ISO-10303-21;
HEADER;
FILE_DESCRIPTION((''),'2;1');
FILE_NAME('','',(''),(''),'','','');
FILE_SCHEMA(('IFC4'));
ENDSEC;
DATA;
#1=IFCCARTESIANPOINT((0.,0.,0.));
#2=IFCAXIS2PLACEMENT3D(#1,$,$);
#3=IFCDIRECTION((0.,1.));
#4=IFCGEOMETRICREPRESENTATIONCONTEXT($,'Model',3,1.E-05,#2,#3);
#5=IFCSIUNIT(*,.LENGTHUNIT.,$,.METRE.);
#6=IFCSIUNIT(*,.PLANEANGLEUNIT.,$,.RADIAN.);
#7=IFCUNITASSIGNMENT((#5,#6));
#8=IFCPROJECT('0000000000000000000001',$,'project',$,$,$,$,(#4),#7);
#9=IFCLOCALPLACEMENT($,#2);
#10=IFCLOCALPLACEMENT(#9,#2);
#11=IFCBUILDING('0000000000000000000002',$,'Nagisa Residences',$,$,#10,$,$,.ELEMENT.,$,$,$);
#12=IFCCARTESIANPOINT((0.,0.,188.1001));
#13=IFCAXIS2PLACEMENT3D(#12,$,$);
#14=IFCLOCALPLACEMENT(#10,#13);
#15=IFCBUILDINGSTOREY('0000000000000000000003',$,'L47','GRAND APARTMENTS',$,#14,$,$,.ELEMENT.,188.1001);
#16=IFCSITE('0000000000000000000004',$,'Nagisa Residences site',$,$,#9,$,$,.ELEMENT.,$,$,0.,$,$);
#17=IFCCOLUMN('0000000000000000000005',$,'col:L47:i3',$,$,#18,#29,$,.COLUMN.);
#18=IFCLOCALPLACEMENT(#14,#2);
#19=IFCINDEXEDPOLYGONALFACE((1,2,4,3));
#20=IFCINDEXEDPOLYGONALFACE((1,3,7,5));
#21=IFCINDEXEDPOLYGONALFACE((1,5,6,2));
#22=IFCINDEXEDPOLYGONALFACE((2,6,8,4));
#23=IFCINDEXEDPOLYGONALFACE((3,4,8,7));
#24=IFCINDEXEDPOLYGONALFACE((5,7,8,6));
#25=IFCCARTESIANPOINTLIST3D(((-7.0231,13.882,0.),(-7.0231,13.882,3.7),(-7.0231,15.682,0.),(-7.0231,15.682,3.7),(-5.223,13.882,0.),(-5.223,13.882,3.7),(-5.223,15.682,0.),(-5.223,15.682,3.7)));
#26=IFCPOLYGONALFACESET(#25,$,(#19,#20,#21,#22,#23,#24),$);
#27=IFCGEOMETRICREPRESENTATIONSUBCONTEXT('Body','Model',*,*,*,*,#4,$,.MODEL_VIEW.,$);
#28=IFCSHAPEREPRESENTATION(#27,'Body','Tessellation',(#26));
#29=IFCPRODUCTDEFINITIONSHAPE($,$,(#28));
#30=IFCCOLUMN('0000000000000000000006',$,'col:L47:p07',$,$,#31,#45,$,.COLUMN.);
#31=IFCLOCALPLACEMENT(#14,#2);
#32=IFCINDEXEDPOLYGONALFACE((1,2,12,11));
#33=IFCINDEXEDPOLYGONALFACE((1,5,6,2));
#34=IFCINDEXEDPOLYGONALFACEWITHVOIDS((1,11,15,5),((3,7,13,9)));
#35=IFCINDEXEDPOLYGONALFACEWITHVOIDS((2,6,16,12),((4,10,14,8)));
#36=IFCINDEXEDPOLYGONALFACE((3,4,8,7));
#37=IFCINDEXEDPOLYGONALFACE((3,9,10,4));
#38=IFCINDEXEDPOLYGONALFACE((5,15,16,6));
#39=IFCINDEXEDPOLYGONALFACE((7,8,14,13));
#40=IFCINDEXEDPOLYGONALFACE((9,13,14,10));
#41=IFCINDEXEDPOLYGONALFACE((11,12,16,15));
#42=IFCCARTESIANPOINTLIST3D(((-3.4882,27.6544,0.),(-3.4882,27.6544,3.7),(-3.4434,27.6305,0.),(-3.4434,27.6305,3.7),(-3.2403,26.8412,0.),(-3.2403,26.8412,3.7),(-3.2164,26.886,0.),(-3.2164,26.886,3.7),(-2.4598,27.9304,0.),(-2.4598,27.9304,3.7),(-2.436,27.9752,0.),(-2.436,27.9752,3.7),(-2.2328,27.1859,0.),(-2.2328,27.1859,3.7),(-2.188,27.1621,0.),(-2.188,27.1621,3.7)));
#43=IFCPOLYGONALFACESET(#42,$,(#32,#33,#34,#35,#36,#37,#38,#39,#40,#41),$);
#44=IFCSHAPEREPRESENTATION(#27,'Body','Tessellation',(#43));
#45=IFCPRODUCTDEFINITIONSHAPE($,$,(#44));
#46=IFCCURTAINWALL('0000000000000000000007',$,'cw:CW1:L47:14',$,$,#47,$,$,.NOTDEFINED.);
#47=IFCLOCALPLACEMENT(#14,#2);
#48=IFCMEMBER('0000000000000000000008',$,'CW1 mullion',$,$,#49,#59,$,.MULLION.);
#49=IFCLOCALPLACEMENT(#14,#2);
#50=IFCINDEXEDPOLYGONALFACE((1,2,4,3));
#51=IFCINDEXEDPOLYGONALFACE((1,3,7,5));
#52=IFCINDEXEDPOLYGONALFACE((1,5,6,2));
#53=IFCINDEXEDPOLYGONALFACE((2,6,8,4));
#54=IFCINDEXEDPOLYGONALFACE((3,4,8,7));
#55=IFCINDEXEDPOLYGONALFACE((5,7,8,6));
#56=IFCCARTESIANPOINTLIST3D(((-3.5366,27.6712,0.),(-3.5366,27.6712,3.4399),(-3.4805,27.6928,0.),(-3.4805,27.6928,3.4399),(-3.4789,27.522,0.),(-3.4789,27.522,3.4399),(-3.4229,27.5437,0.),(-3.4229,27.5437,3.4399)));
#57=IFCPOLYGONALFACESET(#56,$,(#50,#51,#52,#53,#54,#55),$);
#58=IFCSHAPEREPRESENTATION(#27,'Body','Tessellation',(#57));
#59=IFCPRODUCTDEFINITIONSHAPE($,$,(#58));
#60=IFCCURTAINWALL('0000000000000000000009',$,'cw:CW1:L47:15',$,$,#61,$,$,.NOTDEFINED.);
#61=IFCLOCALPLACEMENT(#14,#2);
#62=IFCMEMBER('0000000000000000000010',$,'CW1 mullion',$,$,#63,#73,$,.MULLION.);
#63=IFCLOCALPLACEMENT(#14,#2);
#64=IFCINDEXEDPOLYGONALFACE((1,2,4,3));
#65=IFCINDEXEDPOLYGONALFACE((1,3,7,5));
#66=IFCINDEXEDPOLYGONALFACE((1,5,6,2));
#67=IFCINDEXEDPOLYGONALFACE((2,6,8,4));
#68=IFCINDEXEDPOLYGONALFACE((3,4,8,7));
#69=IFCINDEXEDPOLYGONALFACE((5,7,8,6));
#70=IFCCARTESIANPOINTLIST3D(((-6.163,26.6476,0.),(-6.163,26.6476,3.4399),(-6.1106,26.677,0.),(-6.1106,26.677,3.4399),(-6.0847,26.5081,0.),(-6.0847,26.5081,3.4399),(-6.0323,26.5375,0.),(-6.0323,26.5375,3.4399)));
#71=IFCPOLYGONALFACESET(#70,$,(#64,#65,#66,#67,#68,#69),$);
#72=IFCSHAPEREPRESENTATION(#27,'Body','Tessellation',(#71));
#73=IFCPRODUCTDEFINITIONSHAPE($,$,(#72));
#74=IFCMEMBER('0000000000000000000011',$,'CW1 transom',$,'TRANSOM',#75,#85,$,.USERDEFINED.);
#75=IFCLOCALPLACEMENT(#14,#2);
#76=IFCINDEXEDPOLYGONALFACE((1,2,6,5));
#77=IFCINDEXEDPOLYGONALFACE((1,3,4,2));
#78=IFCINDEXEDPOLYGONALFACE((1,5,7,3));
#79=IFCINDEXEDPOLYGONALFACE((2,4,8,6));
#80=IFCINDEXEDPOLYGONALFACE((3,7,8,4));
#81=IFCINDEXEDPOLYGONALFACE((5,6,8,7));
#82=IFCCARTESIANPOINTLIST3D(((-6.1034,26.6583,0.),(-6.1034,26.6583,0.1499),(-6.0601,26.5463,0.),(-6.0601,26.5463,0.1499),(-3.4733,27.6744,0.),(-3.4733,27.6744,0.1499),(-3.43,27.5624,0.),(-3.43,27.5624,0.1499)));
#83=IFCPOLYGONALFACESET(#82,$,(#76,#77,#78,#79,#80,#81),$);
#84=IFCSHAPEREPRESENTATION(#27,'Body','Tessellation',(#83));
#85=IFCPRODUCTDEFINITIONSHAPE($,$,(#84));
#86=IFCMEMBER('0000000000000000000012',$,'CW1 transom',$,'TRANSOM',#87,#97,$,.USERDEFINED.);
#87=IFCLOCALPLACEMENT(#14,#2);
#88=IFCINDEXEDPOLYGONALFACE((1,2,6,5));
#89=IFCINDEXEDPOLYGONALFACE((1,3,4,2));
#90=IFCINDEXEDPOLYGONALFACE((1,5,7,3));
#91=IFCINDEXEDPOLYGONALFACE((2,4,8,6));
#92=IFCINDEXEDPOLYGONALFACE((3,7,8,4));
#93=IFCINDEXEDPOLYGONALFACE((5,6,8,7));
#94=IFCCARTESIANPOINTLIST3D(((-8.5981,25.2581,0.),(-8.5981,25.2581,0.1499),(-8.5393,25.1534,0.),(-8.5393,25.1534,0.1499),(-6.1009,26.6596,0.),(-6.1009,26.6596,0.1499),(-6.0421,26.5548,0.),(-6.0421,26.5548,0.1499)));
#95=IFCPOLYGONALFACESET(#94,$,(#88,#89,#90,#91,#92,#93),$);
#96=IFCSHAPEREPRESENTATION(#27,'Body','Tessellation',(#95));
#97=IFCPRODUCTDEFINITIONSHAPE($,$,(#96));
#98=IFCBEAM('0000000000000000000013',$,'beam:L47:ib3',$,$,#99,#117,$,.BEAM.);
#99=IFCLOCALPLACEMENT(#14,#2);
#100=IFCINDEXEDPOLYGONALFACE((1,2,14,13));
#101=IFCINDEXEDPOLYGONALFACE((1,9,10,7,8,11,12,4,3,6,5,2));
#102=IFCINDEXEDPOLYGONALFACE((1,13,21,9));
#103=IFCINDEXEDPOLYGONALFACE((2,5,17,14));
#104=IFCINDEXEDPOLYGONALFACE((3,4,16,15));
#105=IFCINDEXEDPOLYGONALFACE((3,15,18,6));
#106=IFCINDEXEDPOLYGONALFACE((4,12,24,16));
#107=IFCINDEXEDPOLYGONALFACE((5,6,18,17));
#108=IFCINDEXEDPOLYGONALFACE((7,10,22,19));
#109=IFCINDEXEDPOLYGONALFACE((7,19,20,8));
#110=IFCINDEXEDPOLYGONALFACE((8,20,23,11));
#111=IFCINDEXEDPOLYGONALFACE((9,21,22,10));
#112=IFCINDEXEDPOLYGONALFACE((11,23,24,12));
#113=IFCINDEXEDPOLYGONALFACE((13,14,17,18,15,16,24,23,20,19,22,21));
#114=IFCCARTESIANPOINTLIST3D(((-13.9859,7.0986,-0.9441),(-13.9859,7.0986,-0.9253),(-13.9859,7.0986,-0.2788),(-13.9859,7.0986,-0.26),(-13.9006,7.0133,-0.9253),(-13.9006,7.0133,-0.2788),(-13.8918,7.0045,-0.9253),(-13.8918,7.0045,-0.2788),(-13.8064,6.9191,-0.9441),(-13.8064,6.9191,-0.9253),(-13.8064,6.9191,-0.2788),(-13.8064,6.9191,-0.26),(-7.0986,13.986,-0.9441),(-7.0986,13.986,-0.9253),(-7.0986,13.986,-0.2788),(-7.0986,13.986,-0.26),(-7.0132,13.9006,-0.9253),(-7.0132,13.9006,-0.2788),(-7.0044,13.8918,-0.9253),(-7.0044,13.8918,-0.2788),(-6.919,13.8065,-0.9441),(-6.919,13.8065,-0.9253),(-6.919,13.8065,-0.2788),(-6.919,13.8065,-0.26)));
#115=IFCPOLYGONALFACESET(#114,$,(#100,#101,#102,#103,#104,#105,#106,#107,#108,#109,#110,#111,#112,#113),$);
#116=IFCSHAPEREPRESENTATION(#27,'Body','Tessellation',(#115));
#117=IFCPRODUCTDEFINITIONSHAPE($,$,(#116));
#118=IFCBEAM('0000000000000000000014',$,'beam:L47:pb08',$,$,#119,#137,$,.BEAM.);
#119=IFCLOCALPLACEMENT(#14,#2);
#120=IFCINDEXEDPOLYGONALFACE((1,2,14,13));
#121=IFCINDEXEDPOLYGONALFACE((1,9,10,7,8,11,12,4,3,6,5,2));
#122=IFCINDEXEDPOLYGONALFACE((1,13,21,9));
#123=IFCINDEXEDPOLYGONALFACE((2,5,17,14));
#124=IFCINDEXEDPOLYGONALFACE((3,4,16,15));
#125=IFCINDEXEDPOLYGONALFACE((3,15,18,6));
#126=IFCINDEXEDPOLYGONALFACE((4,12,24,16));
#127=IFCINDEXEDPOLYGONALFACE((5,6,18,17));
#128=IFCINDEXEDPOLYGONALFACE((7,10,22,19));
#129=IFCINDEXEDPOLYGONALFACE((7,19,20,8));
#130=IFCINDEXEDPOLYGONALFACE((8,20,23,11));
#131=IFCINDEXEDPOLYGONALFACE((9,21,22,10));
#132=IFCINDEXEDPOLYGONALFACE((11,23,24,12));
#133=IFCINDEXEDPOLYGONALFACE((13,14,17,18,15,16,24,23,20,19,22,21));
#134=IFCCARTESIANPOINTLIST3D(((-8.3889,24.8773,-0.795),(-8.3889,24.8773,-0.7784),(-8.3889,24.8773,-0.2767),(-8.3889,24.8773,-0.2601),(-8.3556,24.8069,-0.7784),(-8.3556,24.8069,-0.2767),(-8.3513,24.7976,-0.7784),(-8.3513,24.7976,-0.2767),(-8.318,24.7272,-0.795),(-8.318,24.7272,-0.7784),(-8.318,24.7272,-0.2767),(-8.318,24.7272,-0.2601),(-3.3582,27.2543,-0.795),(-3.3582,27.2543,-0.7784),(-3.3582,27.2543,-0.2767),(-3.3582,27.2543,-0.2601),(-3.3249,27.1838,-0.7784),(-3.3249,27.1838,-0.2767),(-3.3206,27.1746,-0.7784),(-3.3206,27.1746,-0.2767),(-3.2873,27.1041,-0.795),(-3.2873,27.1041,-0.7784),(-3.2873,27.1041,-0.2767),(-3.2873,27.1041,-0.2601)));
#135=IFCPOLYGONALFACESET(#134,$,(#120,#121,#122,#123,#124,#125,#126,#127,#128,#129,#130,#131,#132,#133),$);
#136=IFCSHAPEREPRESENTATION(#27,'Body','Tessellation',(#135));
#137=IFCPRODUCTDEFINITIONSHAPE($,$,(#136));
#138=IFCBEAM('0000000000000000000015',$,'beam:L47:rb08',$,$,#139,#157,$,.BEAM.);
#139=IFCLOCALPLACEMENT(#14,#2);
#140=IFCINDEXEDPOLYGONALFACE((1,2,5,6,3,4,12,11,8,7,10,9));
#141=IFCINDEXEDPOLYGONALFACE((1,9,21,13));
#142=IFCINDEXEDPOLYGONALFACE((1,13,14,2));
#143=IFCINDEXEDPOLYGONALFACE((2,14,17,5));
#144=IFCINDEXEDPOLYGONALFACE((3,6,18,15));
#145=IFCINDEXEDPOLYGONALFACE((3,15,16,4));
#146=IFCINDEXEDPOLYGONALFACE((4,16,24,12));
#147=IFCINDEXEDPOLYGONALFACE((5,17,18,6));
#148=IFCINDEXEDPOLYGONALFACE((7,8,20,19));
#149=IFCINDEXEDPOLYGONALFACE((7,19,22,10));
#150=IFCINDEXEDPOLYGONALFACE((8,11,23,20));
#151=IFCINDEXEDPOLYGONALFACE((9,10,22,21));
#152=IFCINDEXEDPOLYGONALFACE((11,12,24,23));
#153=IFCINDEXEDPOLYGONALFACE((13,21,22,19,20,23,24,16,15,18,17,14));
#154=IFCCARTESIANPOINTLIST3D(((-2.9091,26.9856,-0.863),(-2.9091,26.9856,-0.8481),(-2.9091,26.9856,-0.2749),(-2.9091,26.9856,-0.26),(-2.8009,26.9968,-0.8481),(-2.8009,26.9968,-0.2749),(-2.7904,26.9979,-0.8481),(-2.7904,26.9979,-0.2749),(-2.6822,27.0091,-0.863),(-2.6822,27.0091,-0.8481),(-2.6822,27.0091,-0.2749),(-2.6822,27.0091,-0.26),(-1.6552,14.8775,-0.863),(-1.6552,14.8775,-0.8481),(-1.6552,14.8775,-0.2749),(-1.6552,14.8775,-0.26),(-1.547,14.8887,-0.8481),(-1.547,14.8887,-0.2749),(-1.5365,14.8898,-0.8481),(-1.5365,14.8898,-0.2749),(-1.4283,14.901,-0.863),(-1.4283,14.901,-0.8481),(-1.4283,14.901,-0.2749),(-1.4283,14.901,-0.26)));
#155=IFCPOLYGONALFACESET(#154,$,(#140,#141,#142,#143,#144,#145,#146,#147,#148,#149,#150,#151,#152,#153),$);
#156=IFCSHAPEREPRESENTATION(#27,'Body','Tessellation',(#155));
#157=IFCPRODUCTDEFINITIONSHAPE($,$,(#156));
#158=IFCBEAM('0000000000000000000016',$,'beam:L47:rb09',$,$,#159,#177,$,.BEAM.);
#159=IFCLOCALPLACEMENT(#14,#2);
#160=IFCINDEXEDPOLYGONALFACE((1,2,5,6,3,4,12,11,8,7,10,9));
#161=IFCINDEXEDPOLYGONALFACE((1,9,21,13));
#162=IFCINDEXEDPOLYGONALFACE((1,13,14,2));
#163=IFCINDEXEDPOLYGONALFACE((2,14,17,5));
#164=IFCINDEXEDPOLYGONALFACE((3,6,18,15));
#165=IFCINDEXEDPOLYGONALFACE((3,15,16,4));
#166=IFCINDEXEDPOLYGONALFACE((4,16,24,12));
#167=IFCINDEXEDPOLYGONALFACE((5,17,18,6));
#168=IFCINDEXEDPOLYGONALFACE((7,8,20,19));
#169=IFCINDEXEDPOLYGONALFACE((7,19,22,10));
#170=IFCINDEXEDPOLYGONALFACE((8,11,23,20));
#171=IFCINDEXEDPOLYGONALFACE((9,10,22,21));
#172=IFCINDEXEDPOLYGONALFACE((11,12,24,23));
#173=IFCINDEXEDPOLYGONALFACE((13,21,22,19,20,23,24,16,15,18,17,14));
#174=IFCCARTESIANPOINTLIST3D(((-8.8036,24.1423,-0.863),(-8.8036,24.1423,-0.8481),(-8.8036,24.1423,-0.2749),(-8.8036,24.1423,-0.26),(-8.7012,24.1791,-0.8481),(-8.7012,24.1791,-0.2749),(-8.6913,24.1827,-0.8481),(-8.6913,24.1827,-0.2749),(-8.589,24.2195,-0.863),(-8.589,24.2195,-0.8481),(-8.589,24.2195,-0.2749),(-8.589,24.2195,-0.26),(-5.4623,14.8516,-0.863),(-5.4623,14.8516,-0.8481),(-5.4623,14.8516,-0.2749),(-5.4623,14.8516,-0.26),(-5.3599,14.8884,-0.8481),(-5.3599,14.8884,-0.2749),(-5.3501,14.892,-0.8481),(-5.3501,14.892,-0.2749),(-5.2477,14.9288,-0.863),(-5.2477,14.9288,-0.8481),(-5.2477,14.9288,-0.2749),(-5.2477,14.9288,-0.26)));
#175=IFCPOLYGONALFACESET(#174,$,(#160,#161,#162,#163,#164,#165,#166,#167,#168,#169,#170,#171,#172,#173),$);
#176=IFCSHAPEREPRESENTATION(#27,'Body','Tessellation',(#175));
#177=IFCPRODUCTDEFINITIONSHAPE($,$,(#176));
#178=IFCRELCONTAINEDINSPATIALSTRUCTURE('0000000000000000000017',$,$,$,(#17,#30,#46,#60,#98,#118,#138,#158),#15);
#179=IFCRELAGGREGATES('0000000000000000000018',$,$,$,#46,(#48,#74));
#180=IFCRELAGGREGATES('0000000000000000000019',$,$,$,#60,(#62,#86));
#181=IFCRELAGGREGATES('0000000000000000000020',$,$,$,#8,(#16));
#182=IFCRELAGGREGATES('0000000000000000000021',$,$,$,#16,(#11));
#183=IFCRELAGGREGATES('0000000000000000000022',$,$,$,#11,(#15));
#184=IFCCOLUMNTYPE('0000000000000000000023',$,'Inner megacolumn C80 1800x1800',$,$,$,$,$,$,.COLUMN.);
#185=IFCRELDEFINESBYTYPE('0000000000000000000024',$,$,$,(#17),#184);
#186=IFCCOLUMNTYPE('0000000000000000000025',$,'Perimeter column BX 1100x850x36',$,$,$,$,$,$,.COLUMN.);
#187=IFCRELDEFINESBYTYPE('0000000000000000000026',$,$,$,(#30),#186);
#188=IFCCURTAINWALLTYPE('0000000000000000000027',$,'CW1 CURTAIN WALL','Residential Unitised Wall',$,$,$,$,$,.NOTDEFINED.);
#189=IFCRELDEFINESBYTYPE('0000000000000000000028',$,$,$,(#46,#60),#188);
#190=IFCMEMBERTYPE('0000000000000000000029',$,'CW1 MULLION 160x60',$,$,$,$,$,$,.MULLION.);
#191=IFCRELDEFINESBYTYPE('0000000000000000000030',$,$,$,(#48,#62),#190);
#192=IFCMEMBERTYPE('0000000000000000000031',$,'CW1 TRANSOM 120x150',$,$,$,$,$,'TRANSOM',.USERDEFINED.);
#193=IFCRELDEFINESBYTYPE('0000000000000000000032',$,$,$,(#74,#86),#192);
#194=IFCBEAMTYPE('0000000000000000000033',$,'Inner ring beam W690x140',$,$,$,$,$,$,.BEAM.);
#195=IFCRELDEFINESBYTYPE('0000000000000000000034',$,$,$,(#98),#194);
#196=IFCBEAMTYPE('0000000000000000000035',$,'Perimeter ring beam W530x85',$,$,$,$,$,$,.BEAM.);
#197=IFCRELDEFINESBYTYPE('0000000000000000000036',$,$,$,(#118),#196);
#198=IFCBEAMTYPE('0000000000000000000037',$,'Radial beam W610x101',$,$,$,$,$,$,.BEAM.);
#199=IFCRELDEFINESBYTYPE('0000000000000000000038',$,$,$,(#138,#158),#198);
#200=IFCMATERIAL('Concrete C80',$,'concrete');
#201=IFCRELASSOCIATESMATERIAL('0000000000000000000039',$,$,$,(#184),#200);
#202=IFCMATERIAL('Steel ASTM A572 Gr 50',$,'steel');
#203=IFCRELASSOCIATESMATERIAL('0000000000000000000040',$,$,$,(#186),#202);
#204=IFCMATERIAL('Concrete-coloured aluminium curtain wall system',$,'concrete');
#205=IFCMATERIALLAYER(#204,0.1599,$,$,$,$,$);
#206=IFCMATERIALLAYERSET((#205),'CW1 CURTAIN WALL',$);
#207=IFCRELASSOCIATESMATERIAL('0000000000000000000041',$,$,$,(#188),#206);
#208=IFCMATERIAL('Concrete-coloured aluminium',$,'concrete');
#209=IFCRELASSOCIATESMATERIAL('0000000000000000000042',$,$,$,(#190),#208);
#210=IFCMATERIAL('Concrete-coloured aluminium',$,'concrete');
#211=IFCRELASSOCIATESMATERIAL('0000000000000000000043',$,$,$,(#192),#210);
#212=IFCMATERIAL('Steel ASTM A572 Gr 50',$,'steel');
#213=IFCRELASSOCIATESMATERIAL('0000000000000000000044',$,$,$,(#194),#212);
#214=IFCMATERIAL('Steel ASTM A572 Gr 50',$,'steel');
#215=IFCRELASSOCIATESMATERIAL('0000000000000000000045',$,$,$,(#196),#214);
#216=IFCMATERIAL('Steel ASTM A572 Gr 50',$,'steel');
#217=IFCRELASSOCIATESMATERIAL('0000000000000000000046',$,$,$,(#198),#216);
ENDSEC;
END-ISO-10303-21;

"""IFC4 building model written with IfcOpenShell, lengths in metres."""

from ifc_helpers import new_model, si_unit, direction, frame, origin, origin_2d, place, context, subcontext, project, spatial, rectangle, hollow_rectangle, i_section, extrude, material, layer, layer_set, material_profile, profile_set, type_object, element, aggregate, save


model = new_model("IFC4")

# Units and contexts
model_context = context("Model", 3, precision=1e-05, world=origin(), true_north=direction((0.0, 1.0)))
body_context = subcontext(model_context, "Body", "Model", "MODEL_VIEW")
ifc_project = project(units=[si_unit("LENGTHUNIT", "METRE"), si_unit("PLANEANGLEUNIT", "RADIAN")], contexts=[model_context])

# Site, building, storey
site_placement = place(None, origin())
site = spatial("IfcSite", under=ifc_project, at=site_placement, Name="Nagisa Residences site", CompositionType="ELEMENT", RefElevation=0.0)
building_placement = place(site_placement, origin())
building = spatial("IfcBuilding", under=site, at=building_placement, Name="Nagisa Residences", CompositionType="ELEMENT")
storey_placement = place(building_placement, frame((0.0, 0.0, 188.1001)))
storey = spatial("IfcBuildingStorey", under=building, at=storey_placement, Name="L47", Description="GRAND APARTMENTS", CompositionType="ELEMENT", Elevation=188.1001)

# Columns
ifc_material_1 = material(Name="Concrete C80", Category="concrete")
ifc_material_profile_1 = material_profile(ifc_material_1, rectangle(XDim=1.8, YDim=1.8, at=origin_2d()), Name="C80 1800x1800")
ifc_profile_set_1 = profile_set([ifc_material_profile_1], Name="Concrete C80")
column_type_1 = type_object("IfcColumnType", Name="Inner megacolumn C80 1800x1800", PredefinedType="COLUMN", material=ifc_profile_set_1)
column_1_placement = place(storey_placement, frame((-6.123, 14.782, 0.0), z_axis=(0.0, 0.0, 1.0), x_axis=(1.0, 0.0, 0.0)))
element("IfcColumn", 1, at=column_1_placement, inside=storey, type_object=column_type_1, Name="col:L47:i3", PredefinedType="COLUMN", context=body_context, shape_type="SweptSolid", body=[
    extrude(rectangle(XDim=1.8, YDim=1.8, at=origin_2d()), origin(), (0.0, 0.0, 1.0), 3.7),
])
ifc_material_2 = material(Name="Steel ASTM A572 Gr 50", Category="steel")
ifc_material_profile_2 = material_profile(ifc_material_2, hollow_rectangle(XDim=1.1001, YDim=0.8501, WallThickness=0.0359, at=origin_2d()), Name="BX 1100x850x36")
ifc_profile_set_2 = profile_set([ifc_material_profile_2], Name="Steel ASTM A572 Gr 50")
column_type_2 = type_object("IfcColumnType", Name="Perimeter column BX 1100x850x36", PredefinedType="COLUMN", material=ifc_profile_set_2)
column_2_placement = place(storey_placement, frame((-2.8381, 27.4082, 0.0), z_axis=(0.0, 0.0, 1.0), x_axis=(-0.956525, -0.291652, 0.0)))
element("IfcColumn", 2, at=column_2_placement, inside=storey, type_object=column_type_2, Name="col:L47:p07", PredefinedType="COLUMN", context=body_context, shape_type="SweptSolid", body=[
    extrude(hollow_rectangle(XDim=1.1001, YDim=0.8501, WallThickness=0.0359, at=origin_2d()), origin(), (0.0, 0.0, 1.0), 3.7),
])

# Curtain walls, members
ifc_material_3 = material(Name="Concrete-coloured aluminium curtain wall system", Category="concrete")
ifc_layer_1 = layer(ifc_material_3, 0.1599)
ifc_layer_set_1 = layer_set([ifc_layer_1], Name="CW1 CURTAIN WALL")
curtain_wall_type = type_object("IfcCurtainWallType", Name="CW1 CURTAIN WALL", Description="Residential Unitised Wall", PredefinedType="NOTDEFINED", material=ifc_layer_set_1)
curtain_wall_1_placement = place(storey_placement, origin())
curtain_wall_1 = element("IfcCurtainWall", 3, at=curtain_wall_1_placement, inside=storey, type_object=curtain_wall_type, Name="cw:CW1:L47:14", PredefinedType="NOTDEFINED")
ifc_material_4 = material(Name="Concrete-coloured aluminium", Category="concrete")
ifc_material_profile_3 = material_profile(ifc_material_4, rectangle(XDim=0.1599, YDim=0.0601, at=origin_2d()), Name="CW1 MULLION 160x60")
ifc_profile_set_3 = profile_set([ifc_material_profile_3], Name="Concrete-coloured aluminium")
member_type_1 = type_object("IfcMemberType", Name="CW1 MULLION 160x60", PredefinedType="MULLION", material=ifc_profile_set_3)
member_1_placement = place(storey_placement, frame((-3.4797, 27.6074, 0.0), z_axis=(0.0, 0.0, 1.0), x_axis=(0.360328, -0.932826, 0.0)))
member_1 = element("IfcMember", 4, at=member_1_placement, type_object=member_type_1, Name="CW1 mullion", PredefinedType="MULLION", context=body_context, shape_type="SweptSolid", body=[
    extrude(rectangle(XDim=0.1599, YDim=0.0601, at=origin_2d()), origin(), (0.0, 0.0, 1.0), 3.4399),
])
curtain_wall_2_placement = place(storey_placement, origin())
curtain_wall_2 = element("IfcCurtainWall", 5, at=curtain_wall_2_placement, inside=storey, type_object=curtain_wall_type, Name="cw:CW1:L47:15", PredefinedType="NOTDEFINED")
member_2_placement = place(storey_placement, frame((-6.0977, 26.5925, 0.0), z_axis=(0.0, 0.0, 1.0), x_axis=(0.489377, -0.872072, 0.0)))
member_2 = element("IfcMember", 6, at=member_2_placement, type_object=member_type_1, Name="CW1 mullion", PredefinedType="MULLION", context=body_context, shape_type="SweptSolid", body=[
    extrude(rectangle(XDim=0.1599, YDim=0.0601, at=origin_2d()), origin(), (0.0, 0.0, 1.0), 3.4399),
])

# Members
ifc_material_5 = material(Name="Concrete-coloured aluminium", Category="concrete")
ifc_material_profile_4 = material_profile(ifc_material_5, rectangle(XDim=0.1201, YDim=0.1499, at=origin_2d()), Name="CW1 TRANSOM 120x150")
ifc_profile_set_4 = profile_set([ifc_material_profile_4], Name="Concrete-coloured aluminium")
member_type_2 = type_object("IfcMemberType", Name="CW1 TRANSOM 120x150", ElementType="TRANSOM", PredefinedType="USERDEFINED", material=ifc_profile_set_4)
member_3_placement = place(storey_placement, frame((-3.4517, 27.6184, 0.075), z_axis=(-0.932807, -0.360377, 0.0), x_axis=(0.360377, -0.932807, 0.0)))
member_3 = element("IfcMember", 7, at=member_3_placement, type_object=member_type_2, Name="CW1 transom", ObjectType="TRANSOM", PredefinedType="USERDEFINED", context=body_context, shape_type="SweptSolid", body=[
    extrude(rectangle(XDim=0.1201, YDim=0.1499, at=origin_2d()), origin(), (0.0, 0.0, 1.0), 2.8196),
])
member_4_placement = place(storey_placement, frame((-6.0715, 26.6072, 0.075), z_axis=(-0.872058, -0.489403, 0.0), x_axis=(0.489403, -0.872058, 0.0)))
member_4 = element("IfcMember", 8, at=member_4_placement, type_object=member_type_2, Name="CW1 transom", ObjectType="TRANSOM", PredefinedType="USERDEFINED", context=body_context, shape_type="SweptSolid", body=[
    extrude(rectangle(XDim=0.1201, YDim=0.1499, at=origin_2d()), origin(), (0.0, 0.0, 1.0), 2.8635),
])

# Beams
ifc_material_6 = material(Name="Steel ASTM A572 Gr 50", Category="steel")
ifc_material_profile_5 = material_profile(ifc_material_6, i_section(OverallWidth=0.2539, OverallDepth=0.6841, WebThickness=0.0125, FlangeThickness=0.0188, at=origin_2d()), Name="W690x140")
ifc_profile_set_5 = profile_set([ifc_material_profile_5], Name="Steel ASTM A572 Gr 50")
beam_type_1 = type_object("IfcBeamType", Name="Inner ring beam W690x140", PredefinedType="BEAM", material=ifc_profile_set_5)
beam_1_placement = place(storey_placement, frame((-7.0088, 13.8962, -0.6021), z_axis=(-0.707107, -0.707107, 0.0), x_axis=(0.707107, -0.707107, 0.0)))
element("IfcBeam", 9, at=beam_1_placement, inside=storey, type_object=beam_type_1, Name="beam:L47:ib3", PredefinedType="BEAM", context=body_context, shape_type="SweptSolid", body=[
    extrude(i_section(OverallWidth=0.2539, OverallDepth=0.6841, WebThickness=0.0125, FlangeThickness=0.0188, at=origin_2d()), origin(), (0.0, 0.0, 1.0), 9.7402),
])
ifc_material_7 = material(Name="Steel ASTM A572 Gr 50", Category="steel")
ifc_material_profile_6 = material_profile(ifc_material_7, i_section(OverallWidth=0.166, OverallDepth=0.5349, WebThickness=0.0103, FlangeThickness=0.0166, at=origin_2d()), Name="W530x85")
ifc_profile_set_6 = profile_set([ifc_material_profile_6], Name="Steel ASTM A572 Gr 50")
beam_type_2 = type_object("IfcBeamType", Name="Perimeter ring beam W530x85", PredefinedType="BEAM", material=ifc_profile_set_6)
beam_2_placement = place(storey_placement, frame((-3.3228, 27.1792, -0.5276), z_axis=(-0.904157, -0.4272, 0.0), x_axis=(0.4272, -0.904157, 0.0)))
element("IfcBeam", 10, at=beam_2_placement, inside=storey, type_object=beam_type_2, Name="beam:L47:pb08", PredefinedType="BEAM", context=body_context, shape_type="SweptSolid", body=[
    extrude(i_section(OverallWidth=0.166, OverallDepth=0.5349, WebThickness=0.0103, FlangeThickness=0.0166, at=origin_2d()), origin(), (0.0, 0.0, 1.0), 5.564),
])
ifc_material_8 = material(Name="Steel ASTM A572 Gr 50", Category="steel")
ifc_material_profile_7 = material_profile(ifc_material_8, i_section(OverallWidth=0.228, OverallDepth=0.603, WebThickness=0.0105, FlangeThickness=0.0149, at=origin_2d()), Name="W610x101")
ifc_profile_set_7 = profile_set([ifc_material_profile_7], Name="Steel ASTM A572 Gr 50")
beam_type_3 = type_object("IfcBeamType", Name="Radial beam W610x101", PredefinedType="BEAM", material=ifc_profile_set_7)
beam_3_placement = place(storey_placement, frame((-2.7957, 26.9973, -0.5615), z_axis=(0.103008, -0.994681, 0.0), x_axis=(0.994681, 0.103008, 0.0)))
element("IfcBeam", 11, at=beam_3_placement, inside=storey, type_object=beam_type_3, Name="beam:L47:rb08", PredefinedType="BEAM", context=body_context, shape_type="SweptSolid", body=[
    extrude(i_section(OverallWidth=0.228, OverallDepth=0.603, WebThickness=0.0105, FlangeThickness=0.0149, at=origin_2d()), origin(), (0.0, 0.0, 1.0), 12.1729),
])
beam_4_placement = place(storey_placement, frame((-8.6963, 24.1809, -0.5615), z_axis=(0.338417, -0.940996, 0.0), x_axis=(0.940996, 0.338417, 0.0)))
element("IfcBeam", 12, at=beam_4_placement, inside=storey, type_object=beam_type_3, Name="beam:L47:rb09", PredefinedType="BEAM", context=body_context, shape_type="SweptSolid", body=[
    extrude(i_section(OverallWidth=0.228, OverallDepth=0.603, WebThickness=0.0105, FlangeThickness=0.0149, at=origin_2d()), origin(), (0.0, 0.0, 1.0), 9.8733),
])

aggregate(curtain_wall_1, [member_1, member_3])
aggregate(curtain_wall_2, [member_2, member_4])

save(model, "model.ifc")
